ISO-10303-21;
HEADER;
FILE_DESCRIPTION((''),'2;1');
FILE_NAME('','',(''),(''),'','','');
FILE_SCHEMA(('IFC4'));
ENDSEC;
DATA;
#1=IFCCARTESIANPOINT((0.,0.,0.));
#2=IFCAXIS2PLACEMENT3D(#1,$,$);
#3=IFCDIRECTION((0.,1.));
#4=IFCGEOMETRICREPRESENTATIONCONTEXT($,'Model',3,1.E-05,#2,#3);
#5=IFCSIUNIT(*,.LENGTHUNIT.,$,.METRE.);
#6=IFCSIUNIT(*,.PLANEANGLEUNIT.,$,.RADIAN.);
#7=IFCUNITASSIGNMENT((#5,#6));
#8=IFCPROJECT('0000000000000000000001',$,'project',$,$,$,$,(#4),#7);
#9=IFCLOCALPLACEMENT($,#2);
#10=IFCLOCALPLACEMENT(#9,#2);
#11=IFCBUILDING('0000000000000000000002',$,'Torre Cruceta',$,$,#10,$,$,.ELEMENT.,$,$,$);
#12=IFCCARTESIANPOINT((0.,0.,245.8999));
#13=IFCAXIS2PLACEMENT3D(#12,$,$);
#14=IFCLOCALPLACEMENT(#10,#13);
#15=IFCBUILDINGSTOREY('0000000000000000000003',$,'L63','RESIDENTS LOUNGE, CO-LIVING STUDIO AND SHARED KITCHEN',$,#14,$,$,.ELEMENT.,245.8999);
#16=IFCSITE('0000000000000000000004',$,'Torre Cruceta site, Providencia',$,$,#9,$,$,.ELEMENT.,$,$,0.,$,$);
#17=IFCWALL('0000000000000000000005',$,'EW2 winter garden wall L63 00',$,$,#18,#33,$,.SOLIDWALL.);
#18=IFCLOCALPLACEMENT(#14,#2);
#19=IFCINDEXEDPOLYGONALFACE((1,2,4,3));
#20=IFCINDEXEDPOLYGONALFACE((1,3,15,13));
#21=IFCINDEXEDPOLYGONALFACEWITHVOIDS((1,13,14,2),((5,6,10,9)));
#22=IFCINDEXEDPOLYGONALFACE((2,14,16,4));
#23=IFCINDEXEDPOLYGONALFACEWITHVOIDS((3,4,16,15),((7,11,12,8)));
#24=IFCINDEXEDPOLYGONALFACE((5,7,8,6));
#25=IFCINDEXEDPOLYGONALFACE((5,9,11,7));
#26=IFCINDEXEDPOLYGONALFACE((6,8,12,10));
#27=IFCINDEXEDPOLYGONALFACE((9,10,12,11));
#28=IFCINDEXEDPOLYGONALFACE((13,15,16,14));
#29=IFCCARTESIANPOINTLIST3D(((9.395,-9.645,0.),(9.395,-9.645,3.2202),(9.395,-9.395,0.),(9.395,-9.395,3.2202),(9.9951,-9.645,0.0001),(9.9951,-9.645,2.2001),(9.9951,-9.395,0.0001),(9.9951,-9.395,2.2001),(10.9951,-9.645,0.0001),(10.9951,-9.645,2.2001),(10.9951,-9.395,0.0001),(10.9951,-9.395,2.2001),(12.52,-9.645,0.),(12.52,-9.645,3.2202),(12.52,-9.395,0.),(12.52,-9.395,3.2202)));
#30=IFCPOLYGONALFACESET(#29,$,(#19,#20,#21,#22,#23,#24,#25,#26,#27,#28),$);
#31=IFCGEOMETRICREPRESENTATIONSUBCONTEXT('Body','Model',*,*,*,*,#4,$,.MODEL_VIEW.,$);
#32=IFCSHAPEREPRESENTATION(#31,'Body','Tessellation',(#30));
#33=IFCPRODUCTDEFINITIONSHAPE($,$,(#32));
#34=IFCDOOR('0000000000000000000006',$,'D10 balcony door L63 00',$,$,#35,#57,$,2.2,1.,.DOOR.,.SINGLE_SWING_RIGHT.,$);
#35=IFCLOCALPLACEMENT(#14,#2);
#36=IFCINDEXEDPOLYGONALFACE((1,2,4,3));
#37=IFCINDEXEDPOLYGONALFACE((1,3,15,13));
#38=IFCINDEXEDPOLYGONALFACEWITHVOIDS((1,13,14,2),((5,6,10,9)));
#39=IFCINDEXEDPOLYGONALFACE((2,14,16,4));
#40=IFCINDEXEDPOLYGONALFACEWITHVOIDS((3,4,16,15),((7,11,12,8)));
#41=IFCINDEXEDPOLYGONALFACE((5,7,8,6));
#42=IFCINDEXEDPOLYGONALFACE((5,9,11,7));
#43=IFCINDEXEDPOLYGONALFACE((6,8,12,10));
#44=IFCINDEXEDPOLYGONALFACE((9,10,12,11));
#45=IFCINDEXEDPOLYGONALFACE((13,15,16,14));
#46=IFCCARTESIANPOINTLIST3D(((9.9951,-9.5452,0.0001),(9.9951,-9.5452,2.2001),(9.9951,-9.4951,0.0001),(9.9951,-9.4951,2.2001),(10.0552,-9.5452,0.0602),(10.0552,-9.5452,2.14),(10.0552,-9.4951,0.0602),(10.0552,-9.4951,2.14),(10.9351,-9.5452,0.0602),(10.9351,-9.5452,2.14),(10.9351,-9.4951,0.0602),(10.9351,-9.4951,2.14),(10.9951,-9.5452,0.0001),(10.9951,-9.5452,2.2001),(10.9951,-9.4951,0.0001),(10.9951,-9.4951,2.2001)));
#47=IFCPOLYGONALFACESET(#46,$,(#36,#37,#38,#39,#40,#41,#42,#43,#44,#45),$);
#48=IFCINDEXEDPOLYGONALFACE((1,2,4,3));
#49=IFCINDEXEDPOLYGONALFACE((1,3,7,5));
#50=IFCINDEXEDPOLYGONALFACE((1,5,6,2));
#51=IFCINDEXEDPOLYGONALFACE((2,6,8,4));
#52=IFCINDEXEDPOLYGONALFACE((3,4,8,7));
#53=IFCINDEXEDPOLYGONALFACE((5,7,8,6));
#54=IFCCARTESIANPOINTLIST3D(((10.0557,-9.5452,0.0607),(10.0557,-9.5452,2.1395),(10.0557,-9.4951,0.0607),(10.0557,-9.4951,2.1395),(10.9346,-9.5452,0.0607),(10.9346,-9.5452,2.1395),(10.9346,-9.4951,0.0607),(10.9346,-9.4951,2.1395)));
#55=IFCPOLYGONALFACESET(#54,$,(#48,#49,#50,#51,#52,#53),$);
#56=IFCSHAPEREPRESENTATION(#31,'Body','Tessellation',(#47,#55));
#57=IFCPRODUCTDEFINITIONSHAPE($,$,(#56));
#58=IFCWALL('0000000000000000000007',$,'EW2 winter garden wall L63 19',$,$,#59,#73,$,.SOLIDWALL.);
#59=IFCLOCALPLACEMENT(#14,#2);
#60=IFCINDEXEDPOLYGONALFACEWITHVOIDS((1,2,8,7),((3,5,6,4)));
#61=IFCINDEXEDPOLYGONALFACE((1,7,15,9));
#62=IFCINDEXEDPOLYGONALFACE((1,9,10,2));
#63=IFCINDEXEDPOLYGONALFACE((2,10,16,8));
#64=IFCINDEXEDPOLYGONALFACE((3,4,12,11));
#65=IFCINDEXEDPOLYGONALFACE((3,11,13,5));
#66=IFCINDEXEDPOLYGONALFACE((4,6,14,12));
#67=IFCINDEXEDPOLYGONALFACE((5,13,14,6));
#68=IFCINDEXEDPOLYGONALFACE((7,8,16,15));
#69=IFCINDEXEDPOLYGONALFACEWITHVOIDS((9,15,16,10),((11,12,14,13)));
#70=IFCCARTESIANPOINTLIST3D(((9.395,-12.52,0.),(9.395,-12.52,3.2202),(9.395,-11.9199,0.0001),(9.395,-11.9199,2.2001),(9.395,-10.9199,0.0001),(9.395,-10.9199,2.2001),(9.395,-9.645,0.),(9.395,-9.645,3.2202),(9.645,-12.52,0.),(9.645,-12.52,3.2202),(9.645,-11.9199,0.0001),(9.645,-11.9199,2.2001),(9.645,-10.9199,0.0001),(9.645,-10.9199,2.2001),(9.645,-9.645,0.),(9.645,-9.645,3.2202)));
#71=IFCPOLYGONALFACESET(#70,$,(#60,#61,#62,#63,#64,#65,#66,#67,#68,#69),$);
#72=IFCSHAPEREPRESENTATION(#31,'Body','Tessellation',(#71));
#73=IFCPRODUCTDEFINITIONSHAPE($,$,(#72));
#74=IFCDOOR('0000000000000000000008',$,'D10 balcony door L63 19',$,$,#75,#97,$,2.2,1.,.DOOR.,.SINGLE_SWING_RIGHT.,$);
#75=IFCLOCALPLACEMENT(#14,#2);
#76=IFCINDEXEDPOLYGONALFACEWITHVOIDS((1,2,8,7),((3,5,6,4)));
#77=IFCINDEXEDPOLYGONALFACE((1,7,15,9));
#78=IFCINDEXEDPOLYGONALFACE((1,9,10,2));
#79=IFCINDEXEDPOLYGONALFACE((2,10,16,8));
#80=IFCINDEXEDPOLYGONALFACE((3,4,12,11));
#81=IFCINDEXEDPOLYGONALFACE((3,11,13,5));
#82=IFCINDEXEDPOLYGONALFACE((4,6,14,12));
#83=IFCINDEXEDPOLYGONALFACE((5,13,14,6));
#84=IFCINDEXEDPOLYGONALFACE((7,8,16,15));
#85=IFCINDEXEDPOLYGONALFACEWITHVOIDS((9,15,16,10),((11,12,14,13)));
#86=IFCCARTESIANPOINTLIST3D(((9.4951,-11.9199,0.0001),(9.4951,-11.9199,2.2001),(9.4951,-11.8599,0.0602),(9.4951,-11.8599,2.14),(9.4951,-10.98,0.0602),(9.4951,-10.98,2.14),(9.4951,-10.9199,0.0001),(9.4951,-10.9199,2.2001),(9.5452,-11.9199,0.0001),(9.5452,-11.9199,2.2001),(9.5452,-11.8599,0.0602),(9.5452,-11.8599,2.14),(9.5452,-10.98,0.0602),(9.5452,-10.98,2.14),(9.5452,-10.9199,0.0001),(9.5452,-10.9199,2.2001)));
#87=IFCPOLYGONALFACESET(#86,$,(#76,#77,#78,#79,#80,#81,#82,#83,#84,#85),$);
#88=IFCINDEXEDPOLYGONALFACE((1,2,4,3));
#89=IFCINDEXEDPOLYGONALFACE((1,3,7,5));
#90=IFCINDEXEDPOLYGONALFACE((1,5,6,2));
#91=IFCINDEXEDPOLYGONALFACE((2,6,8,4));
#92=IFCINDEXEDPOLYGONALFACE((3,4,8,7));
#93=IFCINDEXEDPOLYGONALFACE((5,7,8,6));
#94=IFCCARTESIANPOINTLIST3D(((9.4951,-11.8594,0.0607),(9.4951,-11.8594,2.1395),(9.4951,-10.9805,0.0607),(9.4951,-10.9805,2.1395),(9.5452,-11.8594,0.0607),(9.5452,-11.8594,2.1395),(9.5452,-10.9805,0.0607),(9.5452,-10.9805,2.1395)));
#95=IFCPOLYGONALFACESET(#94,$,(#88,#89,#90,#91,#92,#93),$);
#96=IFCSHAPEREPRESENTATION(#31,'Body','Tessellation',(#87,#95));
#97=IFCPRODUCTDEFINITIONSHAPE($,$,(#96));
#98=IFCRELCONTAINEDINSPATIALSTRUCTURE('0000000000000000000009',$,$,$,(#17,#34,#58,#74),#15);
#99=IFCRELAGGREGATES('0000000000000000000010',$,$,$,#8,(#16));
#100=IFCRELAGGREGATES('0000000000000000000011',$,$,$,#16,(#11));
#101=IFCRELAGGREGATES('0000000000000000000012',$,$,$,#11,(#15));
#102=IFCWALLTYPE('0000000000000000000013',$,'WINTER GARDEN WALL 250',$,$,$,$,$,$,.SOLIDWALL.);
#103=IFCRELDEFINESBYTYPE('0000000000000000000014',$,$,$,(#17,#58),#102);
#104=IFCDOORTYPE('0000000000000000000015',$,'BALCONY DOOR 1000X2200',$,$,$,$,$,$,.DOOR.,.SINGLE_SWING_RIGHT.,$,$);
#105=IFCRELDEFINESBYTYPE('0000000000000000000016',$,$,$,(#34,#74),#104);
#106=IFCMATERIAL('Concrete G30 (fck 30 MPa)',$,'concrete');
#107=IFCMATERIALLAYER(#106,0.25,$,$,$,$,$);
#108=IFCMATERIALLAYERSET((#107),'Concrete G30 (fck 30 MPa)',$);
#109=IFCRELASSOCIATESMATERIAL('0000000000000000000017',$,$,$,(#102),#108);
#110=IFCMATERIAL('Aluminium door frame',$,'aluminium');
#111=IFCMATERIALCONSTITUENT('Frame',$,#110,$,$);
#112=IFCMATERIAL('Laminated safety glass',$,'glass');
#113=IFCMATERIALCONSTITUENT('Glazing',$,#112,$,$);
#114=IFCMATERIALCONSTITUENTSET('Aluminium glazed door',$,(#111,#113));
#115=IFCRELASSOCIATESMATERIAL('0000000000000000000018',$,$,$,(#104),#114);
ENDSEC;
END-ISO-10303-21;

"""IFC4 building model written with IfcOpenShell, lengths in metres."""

from ifc_helpers import new_model, si_unit, direction, frame, frame_2d, origin, place, context, subcontext, project, spatial, rectangle, hollow_rectangle, extrude, material, layer, layer_set, constituent, constituent_set, type_object, element, fill, save


model = new_model("IFC4")

# Units and contexts
model_context = context("Model", 3, precision=1e-05, world=origin(), true_north=direction((0.0, 1.0)))
body_context = subcontext(model_context, "Body", "Model", "MODEL_VIEW")
ifc_project = project(units=[si_unit("LENGTHUNIT", "METRE"), si_unit("PLANEANGLEUNIT", "RADIAN")], contexts=[model_context])

# Site, building, storey
site_placement = place(None, origin())
site = spatial("IfcSite", under=ifc_project, at=site_placement, Name="Torre Cruceta site, Providencia", CompositionType="ELEMENT", RefElevation=0.0)
building_placement = place(site_placement, origin())
building = spatial("IfcBuilding", under=site, at=building_placement, Name="Torre Cruceta", CompositionType="ELEMENT")
storey_placement = place(building_placement, frame((0.0, 0.0, 245.8999)))
storey = spatial("IfcBuildingStorey", under=building, at=storey_placement, Name="L63", Description="RESIDENTS LOUNGE, CO-LIVING STUDIO AND SHARED KITCHEN", CompositionType="ELEMENT", Elevation=245.8999)

# Walls, openings, doors
ifc_material_1 = material(Name="Concrete G30 (fck 30 MPa)", Category="concrete")
ifc_layer_1 = layer(ifc_material_1, 0.25)
ifc_layer_set_1 = layer_set([ifc_layer_1], Name="Concrete G30 (fck 30 MPa)")
wall_type_1 = type_object("IfcWallType", Name="WINTER GARDEN WALL 250", PredefinedType="SOLIDWALL", material=ifc_layer_set_1)
wall_1_placement = place(storey_placement, frame((9.395, -9.52, 0.0), z_axis=(0.0, 0.0, 1.0), x_axis=(1.0, 0.0, 0.0)))
wall_1 = element("IfcWall", 1, at=wall_1_placement, inside=storey, type_object=wall_type_1, Name="EW2 winter garden wall L63 00", PredefinedType="SOLIDWALL", context=body_context, shape_type="SweptSolid", body=[
    extrude(rectangle(XDim=3.125, YDim=0.25, at=frame_2d((1.5625, 0.0))), origin(), (0.0, 0.0, 1.0), 3.2202),
])
opening_1_placement = place(wall_1_placement, frame((0.6001, 0.0, 0.0)))
opening_1 = element("IfcOpeningElement", 2, at=opening_1_placement, cuts=wall_1, PredefinedType="OPENING", context=body_context, shape_type="SweptSolid", body=[
    extrude(rectangle(XDim=1.0, YDim=2.2, at=frame_2d((0.5, 1.1001))), frame((0.0, 0.135, 0.0), z_axis=(0.0, -1.0, 0.0), x_axis=(1.0, 0.0, 0.0)), (0.0, 0.0, 1.0), 0.27),
])
ifc_material_2 = material(Name="Aluminium door frame", Category="aluminium")
ifc_constituent_1 = constituent(ifc_material_2, Name="Frame")
ifc_material_3 = material(Name="Laminated safety glass", Category="glass")
ifc_constituent_2 = constituent(ifc_material_3, Name="Glazing")
ifc_constituent_set_1 = constituent_set(constituents=[ifc_constituent_1, ifc_constituent_2], Name="Aluminium glazed door")
door_type_1 = type_object("IfcDoorType", Name="BALCONY DOOR 1000X2200", OperationType="SINGLE_SWING_RIGHT", PredefinedType="DOOR", material=ifc_constituent_set_1)
door_1_placement = place(opening_1_placement, origin())
door_1 = element("IfcDoor", 3, at=door_1_placement, inside=storey, type_object=door_type_1, Name="D10 balcony door L63 00", OperationType="SINGLE_SWING_RIGHT", OverallHeight=2.2, OverallWidth=1.0, PredefinedType="DOOR", context=body_context, shape_type="SweptSolid", body=[
    extrude(hollow_rectangle(XDim=1.0, YDim=2.2, WallThickness=0.0601, at=frame_2d((0.5, 1.1001))), frame((0.0, 0.0249, 0.0), z_axis=(0.0, -1.0, 0.0), x_axis=(1.0, 0.0, 0.0)), (0.0, 0.0, 1.0), 0.05),
    extrude(rectangle(XDim=0.8789, YDim=2.0789, at=frame_2d((0.5, 1.1001))), frame((0.0, 0.0249, 0.0), z_axis=(0.0, -1.0, 0.0), x_axis=(1.0, 0.0, 0.0)), (0.0, 0.0, 1.0), 0.05),
])
fill(opening_1, door_1)
wall_2_placement = place(storey_placement, frame((9.52, -12.52, 0.0), z_axis=(0.0, 0.0, 1.0), x_axis=(0.0, 1.0, 0.0)))
wall_2 = element("IfcWall", 4, at=wall_2_placement, inside=storey, type_object=wall_type_1, Name="EW2 winter garden wall L63 19", PredefinedType="SOLIDWALL", context=body_context, shape_type="SweptSolid", body=[
    extrude(rectangle(XDim=2.875, YDim=0.25, at=frame_2d((1.4375, 0.0))), origin(), (0.0, 0.0, 1.0), 3.2202),
])
opening_2_placement = place(wall_2_placement, frame((0.6001, 0.0, 0.0)))
opening_2 = element("IfcOpeningElement", 5, at=opening_2_placement, cuts=wall_2, PredefinedType="OPENING", context=body_context, shape_type="SweptSolid", body=[
    extrude(rectangle(XDim=1.0, YDim=2.2, at=frame_2d((0.5, 1.1001))), frame((0.0, 0.135, 0.0), z_axis=(0.0, -1.0, 0.0), x_axis=(1.0, 0.0, 0.0)), (0.0, 0.0, 1.0), 0.27),
])
door_2_placement = place(opening_2_placement, origin())
door_2 = element("IfcDoor", 6, at=door_2_placement, inside=storey, type_object=door_type_1, Name="D10 balcony door L63 19", OperationType="SINGLE_SWING_RIGHT", OverallHeight=2.2, OverallWidth=1.0, PredefinedType="DOOR", context=body_context, shape_type="SweptSolid", body=[
    extrude(hollow_rectangle(XDim=1.0, YDim=2.2, WallThickness=0.0601, at=frame_2d((0.5, 1.1001))), frame((0.0, 0.0249, 0.0), z_axis=(0.0, -1.0, 0.0), x_axis=(1.0, 0.0, 0.0)), (0.0, 0.0, 1.0), 0.05),
    extrude(rectangle(XDim=0.8789, YDim=2.0789, at=frame_2d((0.5, 1.1001))), frame((0.0, 0.0249, 0.0), z_axis=(0.0, -1.0, 0.0), x_axis=(1.0, 0.0, 0.0)), (0.0, 0.0, 1.0), 0.05),
])
fill(opening_2, door_2)

save(model, "model.ifc")
